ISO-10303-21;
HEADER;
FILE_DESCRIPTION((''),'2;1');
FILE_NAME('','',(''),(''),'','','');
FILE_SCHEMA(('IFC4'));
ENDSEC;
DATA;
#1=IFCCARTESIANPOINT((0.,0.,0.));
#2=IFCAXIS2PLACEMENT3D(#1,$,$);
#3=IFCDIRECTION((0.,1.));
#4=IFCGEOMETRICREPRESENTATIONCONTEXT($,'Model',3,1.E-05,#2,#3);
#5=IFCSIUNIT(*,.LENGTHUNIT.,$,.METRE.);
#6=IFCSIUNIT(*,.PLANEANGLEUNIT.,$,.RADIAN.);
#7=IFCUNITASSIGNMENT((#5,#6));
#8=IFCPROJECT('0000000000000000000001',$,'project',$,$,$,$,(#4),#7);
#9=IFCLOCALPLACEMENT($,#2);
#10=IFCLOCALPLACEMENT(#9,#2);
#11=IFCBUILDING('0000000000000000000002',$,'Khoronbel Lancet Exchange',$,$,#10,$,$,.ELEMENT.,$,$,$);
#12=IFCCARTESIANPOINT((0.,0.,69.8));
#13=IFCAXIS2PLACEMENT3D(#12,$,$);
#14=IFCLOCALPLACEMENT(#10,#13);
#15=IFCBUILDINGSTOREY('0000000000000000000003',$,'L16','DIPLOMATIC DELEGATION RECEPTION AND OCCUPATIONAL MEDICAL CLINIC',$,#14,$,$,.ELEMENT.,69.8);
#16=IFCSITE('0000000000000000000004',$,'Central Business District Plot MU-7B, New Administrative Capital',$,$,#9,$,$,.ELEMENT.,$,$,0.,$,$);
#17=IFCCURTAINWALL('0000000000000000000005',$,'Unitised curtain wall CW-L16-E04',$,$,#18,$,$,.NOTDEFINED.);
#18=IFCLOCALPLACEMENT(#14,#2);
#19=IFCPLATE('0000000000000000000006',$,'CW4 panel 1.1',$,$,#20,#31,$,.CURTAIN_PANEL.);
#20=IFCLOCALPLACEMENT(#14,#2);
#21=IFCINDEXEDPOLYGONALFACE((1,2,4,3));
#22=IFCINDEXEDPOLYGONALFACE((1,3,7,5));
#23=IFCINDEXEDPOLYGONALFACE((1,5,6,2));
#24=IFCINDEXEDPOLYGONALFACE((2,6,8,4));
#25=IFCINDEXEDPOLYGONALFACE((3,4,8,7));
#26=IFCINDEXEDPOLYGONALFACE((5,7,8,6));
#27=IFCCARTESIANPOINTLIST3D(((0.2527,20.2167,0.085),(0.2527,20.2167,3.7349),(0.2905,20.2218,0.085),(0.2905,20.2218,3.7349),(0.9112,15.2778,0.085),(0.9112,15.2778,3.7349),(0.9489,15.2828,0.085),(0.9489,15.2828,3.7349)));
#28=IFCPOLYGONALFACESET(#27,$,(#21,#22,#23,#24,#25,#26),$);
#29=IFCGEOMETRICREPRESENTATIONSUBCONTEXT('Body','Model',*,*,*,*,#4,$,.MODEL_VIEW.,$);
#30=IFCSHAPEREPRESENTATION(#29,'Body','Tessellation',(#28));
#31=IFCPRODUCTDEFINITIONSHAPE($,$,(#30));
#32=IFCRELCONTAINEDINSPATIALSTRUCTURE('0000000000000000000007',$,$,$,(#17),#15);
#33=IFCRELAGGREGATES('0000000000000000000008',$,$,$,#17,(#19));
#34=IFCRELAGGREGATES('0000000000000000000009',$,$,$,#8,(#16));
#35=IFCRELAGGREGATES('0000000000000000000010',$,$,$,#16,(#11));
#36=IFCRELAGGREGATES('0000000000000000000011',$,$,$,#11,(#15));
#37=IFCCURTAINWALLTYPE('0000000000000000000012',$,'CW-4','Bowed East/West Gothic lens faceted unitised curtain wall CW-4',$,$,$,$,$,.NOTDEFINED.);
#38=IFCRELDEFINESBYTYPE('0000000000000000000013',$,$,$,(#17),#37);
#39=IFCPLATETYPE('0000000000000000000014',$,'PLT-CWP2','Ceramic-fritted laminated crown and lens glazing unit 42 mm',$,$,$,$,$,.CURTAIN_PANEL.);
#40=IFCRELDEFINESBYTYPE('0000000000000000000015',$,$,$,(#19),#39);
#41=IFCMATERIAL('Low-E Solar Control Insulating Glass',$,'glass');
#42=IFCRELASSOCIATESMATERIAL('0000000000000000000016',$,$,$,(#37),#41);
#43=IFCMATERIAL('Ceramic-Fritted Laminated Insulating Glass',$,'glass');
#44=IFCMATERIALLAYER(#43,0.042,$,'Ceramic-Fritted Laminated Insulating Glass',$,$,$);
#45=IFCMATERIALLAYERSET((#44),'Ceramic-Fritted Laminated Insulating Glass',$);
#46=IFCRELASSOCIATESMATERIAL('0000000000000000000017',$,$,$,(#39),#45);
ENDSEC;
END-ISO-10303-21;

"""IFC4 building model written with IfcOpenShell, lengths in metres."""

from ifc_helpers import new_model, si_unit, direction, frame, origin, origin_2d, place, context, subcontext, project, spatial, rectangle, extrude, material, layer, layer_set, type_object, element, aggregate, save


model = new_model("IFC4")

# Units and contexts
model_context = context("Model", 3, precision=1e-05, world=origin(), true_north=direction((0.0, 1.0)))
body_context = subcontext(model_context, "Body", "Model", "MODEL_VIEW")
ifc_project = project(units=[si_unit("LENGTHUNIT", "METRE"), si_unit("PLANEANGLEUNIT", "RADIAN")], contexts=[model_context])

# Site, building, storey
site_placement = place(None, origin())
site = spatial("IfcSite", under=ifc_project, at=site_placement, Name="Central Business District Plot MU-7B, New Administrative Capital", CompositionType="ELEMENT", RefElevation=0.0)
building_placement = place(site_placement, origin())
building = spatial("IfcBuilding", under=site, at=building_placement, Name="Khoronbel Lancet Exchange", CompositionType="ELEMENT")
storey_placement = place(building_placement, frame((0.0, 0.0, 69.8)))
storey = spatial("IfcBuildingStorey", under=building, at=storey_placement, Name="L16", Description="DIPLOMATIC DELEGATION RECEPTION AND OCCUPATIONAL MEDICAL CLINIC", CompositionType="ELEMENT", Elevation=69.8)

# Curtain wall
ifc_material_1 = material(Name="Low-E Solar Control Insulating Glass", Category="glass")
curtain_wall_type = type_object("IfcCurtainWallType", Name="CW-4", Description="Bowed East/West Gothic lens faceted unitised curtain wall CW-4", PredefinedType="NOTDEFINED", material=ifc_material_1)
curtain_wall_1_placement = place(storey_placement, origin())
curtain_wall_1 = element("IfcCurtainWall", 1, at=curtain_wall_1_placement, inside=storey, type_object=curtain_wall_type, Name="Unitised curtain wall CW-L16-E04", PredefinedType="NOTDEFINED")

# Plate
ifc_material_2 = material(Name="Ceramic-Fritted Laminated Insulating Glass", Category="glass")
ifc_layer_1 = layer(ifc_material_2, 0.042, Name="Ceramic-Fritted Laminated Insulating Glass")
ifc_layer_set_1 = layer_set([ifc_layer_1], Name="Ceramic-Fritted Laminated Insulating Glass")
plate_type_1 = type_object("IfcPlateType", Name="PLT-CWP2", Description="Ceramic-fritted laminated crown and lens glazing unit 42 mm", PredefinedType="CURTAIN_PANEL", material=ifc_layer_set_1)
plate_1_placement = place(storey_placement, frame((0.6008, 17.7498, 0.085), z_axis=(0.0, 0.0, 1.0), x_axis=(-0.132155, 0.991229, 0.0)))
plate_1 = element("IfcPlate", 2, at=plate_1_placement, type_object=plate_type_1, Name="CW4 panel 1.1", PredefinedType="CURTAIN_PANEL", context=body_context, shape_type="SweptSolid", body=[
    extrude(rectangle(XDim=4.9827, YDim=0.0381, at=origin_2d()), origin(), (0.0, 0.0, 1.0), 3.6499),
])
aggregate(curtain_wall_1, [plate_1])

save(model, "model.ifc")
